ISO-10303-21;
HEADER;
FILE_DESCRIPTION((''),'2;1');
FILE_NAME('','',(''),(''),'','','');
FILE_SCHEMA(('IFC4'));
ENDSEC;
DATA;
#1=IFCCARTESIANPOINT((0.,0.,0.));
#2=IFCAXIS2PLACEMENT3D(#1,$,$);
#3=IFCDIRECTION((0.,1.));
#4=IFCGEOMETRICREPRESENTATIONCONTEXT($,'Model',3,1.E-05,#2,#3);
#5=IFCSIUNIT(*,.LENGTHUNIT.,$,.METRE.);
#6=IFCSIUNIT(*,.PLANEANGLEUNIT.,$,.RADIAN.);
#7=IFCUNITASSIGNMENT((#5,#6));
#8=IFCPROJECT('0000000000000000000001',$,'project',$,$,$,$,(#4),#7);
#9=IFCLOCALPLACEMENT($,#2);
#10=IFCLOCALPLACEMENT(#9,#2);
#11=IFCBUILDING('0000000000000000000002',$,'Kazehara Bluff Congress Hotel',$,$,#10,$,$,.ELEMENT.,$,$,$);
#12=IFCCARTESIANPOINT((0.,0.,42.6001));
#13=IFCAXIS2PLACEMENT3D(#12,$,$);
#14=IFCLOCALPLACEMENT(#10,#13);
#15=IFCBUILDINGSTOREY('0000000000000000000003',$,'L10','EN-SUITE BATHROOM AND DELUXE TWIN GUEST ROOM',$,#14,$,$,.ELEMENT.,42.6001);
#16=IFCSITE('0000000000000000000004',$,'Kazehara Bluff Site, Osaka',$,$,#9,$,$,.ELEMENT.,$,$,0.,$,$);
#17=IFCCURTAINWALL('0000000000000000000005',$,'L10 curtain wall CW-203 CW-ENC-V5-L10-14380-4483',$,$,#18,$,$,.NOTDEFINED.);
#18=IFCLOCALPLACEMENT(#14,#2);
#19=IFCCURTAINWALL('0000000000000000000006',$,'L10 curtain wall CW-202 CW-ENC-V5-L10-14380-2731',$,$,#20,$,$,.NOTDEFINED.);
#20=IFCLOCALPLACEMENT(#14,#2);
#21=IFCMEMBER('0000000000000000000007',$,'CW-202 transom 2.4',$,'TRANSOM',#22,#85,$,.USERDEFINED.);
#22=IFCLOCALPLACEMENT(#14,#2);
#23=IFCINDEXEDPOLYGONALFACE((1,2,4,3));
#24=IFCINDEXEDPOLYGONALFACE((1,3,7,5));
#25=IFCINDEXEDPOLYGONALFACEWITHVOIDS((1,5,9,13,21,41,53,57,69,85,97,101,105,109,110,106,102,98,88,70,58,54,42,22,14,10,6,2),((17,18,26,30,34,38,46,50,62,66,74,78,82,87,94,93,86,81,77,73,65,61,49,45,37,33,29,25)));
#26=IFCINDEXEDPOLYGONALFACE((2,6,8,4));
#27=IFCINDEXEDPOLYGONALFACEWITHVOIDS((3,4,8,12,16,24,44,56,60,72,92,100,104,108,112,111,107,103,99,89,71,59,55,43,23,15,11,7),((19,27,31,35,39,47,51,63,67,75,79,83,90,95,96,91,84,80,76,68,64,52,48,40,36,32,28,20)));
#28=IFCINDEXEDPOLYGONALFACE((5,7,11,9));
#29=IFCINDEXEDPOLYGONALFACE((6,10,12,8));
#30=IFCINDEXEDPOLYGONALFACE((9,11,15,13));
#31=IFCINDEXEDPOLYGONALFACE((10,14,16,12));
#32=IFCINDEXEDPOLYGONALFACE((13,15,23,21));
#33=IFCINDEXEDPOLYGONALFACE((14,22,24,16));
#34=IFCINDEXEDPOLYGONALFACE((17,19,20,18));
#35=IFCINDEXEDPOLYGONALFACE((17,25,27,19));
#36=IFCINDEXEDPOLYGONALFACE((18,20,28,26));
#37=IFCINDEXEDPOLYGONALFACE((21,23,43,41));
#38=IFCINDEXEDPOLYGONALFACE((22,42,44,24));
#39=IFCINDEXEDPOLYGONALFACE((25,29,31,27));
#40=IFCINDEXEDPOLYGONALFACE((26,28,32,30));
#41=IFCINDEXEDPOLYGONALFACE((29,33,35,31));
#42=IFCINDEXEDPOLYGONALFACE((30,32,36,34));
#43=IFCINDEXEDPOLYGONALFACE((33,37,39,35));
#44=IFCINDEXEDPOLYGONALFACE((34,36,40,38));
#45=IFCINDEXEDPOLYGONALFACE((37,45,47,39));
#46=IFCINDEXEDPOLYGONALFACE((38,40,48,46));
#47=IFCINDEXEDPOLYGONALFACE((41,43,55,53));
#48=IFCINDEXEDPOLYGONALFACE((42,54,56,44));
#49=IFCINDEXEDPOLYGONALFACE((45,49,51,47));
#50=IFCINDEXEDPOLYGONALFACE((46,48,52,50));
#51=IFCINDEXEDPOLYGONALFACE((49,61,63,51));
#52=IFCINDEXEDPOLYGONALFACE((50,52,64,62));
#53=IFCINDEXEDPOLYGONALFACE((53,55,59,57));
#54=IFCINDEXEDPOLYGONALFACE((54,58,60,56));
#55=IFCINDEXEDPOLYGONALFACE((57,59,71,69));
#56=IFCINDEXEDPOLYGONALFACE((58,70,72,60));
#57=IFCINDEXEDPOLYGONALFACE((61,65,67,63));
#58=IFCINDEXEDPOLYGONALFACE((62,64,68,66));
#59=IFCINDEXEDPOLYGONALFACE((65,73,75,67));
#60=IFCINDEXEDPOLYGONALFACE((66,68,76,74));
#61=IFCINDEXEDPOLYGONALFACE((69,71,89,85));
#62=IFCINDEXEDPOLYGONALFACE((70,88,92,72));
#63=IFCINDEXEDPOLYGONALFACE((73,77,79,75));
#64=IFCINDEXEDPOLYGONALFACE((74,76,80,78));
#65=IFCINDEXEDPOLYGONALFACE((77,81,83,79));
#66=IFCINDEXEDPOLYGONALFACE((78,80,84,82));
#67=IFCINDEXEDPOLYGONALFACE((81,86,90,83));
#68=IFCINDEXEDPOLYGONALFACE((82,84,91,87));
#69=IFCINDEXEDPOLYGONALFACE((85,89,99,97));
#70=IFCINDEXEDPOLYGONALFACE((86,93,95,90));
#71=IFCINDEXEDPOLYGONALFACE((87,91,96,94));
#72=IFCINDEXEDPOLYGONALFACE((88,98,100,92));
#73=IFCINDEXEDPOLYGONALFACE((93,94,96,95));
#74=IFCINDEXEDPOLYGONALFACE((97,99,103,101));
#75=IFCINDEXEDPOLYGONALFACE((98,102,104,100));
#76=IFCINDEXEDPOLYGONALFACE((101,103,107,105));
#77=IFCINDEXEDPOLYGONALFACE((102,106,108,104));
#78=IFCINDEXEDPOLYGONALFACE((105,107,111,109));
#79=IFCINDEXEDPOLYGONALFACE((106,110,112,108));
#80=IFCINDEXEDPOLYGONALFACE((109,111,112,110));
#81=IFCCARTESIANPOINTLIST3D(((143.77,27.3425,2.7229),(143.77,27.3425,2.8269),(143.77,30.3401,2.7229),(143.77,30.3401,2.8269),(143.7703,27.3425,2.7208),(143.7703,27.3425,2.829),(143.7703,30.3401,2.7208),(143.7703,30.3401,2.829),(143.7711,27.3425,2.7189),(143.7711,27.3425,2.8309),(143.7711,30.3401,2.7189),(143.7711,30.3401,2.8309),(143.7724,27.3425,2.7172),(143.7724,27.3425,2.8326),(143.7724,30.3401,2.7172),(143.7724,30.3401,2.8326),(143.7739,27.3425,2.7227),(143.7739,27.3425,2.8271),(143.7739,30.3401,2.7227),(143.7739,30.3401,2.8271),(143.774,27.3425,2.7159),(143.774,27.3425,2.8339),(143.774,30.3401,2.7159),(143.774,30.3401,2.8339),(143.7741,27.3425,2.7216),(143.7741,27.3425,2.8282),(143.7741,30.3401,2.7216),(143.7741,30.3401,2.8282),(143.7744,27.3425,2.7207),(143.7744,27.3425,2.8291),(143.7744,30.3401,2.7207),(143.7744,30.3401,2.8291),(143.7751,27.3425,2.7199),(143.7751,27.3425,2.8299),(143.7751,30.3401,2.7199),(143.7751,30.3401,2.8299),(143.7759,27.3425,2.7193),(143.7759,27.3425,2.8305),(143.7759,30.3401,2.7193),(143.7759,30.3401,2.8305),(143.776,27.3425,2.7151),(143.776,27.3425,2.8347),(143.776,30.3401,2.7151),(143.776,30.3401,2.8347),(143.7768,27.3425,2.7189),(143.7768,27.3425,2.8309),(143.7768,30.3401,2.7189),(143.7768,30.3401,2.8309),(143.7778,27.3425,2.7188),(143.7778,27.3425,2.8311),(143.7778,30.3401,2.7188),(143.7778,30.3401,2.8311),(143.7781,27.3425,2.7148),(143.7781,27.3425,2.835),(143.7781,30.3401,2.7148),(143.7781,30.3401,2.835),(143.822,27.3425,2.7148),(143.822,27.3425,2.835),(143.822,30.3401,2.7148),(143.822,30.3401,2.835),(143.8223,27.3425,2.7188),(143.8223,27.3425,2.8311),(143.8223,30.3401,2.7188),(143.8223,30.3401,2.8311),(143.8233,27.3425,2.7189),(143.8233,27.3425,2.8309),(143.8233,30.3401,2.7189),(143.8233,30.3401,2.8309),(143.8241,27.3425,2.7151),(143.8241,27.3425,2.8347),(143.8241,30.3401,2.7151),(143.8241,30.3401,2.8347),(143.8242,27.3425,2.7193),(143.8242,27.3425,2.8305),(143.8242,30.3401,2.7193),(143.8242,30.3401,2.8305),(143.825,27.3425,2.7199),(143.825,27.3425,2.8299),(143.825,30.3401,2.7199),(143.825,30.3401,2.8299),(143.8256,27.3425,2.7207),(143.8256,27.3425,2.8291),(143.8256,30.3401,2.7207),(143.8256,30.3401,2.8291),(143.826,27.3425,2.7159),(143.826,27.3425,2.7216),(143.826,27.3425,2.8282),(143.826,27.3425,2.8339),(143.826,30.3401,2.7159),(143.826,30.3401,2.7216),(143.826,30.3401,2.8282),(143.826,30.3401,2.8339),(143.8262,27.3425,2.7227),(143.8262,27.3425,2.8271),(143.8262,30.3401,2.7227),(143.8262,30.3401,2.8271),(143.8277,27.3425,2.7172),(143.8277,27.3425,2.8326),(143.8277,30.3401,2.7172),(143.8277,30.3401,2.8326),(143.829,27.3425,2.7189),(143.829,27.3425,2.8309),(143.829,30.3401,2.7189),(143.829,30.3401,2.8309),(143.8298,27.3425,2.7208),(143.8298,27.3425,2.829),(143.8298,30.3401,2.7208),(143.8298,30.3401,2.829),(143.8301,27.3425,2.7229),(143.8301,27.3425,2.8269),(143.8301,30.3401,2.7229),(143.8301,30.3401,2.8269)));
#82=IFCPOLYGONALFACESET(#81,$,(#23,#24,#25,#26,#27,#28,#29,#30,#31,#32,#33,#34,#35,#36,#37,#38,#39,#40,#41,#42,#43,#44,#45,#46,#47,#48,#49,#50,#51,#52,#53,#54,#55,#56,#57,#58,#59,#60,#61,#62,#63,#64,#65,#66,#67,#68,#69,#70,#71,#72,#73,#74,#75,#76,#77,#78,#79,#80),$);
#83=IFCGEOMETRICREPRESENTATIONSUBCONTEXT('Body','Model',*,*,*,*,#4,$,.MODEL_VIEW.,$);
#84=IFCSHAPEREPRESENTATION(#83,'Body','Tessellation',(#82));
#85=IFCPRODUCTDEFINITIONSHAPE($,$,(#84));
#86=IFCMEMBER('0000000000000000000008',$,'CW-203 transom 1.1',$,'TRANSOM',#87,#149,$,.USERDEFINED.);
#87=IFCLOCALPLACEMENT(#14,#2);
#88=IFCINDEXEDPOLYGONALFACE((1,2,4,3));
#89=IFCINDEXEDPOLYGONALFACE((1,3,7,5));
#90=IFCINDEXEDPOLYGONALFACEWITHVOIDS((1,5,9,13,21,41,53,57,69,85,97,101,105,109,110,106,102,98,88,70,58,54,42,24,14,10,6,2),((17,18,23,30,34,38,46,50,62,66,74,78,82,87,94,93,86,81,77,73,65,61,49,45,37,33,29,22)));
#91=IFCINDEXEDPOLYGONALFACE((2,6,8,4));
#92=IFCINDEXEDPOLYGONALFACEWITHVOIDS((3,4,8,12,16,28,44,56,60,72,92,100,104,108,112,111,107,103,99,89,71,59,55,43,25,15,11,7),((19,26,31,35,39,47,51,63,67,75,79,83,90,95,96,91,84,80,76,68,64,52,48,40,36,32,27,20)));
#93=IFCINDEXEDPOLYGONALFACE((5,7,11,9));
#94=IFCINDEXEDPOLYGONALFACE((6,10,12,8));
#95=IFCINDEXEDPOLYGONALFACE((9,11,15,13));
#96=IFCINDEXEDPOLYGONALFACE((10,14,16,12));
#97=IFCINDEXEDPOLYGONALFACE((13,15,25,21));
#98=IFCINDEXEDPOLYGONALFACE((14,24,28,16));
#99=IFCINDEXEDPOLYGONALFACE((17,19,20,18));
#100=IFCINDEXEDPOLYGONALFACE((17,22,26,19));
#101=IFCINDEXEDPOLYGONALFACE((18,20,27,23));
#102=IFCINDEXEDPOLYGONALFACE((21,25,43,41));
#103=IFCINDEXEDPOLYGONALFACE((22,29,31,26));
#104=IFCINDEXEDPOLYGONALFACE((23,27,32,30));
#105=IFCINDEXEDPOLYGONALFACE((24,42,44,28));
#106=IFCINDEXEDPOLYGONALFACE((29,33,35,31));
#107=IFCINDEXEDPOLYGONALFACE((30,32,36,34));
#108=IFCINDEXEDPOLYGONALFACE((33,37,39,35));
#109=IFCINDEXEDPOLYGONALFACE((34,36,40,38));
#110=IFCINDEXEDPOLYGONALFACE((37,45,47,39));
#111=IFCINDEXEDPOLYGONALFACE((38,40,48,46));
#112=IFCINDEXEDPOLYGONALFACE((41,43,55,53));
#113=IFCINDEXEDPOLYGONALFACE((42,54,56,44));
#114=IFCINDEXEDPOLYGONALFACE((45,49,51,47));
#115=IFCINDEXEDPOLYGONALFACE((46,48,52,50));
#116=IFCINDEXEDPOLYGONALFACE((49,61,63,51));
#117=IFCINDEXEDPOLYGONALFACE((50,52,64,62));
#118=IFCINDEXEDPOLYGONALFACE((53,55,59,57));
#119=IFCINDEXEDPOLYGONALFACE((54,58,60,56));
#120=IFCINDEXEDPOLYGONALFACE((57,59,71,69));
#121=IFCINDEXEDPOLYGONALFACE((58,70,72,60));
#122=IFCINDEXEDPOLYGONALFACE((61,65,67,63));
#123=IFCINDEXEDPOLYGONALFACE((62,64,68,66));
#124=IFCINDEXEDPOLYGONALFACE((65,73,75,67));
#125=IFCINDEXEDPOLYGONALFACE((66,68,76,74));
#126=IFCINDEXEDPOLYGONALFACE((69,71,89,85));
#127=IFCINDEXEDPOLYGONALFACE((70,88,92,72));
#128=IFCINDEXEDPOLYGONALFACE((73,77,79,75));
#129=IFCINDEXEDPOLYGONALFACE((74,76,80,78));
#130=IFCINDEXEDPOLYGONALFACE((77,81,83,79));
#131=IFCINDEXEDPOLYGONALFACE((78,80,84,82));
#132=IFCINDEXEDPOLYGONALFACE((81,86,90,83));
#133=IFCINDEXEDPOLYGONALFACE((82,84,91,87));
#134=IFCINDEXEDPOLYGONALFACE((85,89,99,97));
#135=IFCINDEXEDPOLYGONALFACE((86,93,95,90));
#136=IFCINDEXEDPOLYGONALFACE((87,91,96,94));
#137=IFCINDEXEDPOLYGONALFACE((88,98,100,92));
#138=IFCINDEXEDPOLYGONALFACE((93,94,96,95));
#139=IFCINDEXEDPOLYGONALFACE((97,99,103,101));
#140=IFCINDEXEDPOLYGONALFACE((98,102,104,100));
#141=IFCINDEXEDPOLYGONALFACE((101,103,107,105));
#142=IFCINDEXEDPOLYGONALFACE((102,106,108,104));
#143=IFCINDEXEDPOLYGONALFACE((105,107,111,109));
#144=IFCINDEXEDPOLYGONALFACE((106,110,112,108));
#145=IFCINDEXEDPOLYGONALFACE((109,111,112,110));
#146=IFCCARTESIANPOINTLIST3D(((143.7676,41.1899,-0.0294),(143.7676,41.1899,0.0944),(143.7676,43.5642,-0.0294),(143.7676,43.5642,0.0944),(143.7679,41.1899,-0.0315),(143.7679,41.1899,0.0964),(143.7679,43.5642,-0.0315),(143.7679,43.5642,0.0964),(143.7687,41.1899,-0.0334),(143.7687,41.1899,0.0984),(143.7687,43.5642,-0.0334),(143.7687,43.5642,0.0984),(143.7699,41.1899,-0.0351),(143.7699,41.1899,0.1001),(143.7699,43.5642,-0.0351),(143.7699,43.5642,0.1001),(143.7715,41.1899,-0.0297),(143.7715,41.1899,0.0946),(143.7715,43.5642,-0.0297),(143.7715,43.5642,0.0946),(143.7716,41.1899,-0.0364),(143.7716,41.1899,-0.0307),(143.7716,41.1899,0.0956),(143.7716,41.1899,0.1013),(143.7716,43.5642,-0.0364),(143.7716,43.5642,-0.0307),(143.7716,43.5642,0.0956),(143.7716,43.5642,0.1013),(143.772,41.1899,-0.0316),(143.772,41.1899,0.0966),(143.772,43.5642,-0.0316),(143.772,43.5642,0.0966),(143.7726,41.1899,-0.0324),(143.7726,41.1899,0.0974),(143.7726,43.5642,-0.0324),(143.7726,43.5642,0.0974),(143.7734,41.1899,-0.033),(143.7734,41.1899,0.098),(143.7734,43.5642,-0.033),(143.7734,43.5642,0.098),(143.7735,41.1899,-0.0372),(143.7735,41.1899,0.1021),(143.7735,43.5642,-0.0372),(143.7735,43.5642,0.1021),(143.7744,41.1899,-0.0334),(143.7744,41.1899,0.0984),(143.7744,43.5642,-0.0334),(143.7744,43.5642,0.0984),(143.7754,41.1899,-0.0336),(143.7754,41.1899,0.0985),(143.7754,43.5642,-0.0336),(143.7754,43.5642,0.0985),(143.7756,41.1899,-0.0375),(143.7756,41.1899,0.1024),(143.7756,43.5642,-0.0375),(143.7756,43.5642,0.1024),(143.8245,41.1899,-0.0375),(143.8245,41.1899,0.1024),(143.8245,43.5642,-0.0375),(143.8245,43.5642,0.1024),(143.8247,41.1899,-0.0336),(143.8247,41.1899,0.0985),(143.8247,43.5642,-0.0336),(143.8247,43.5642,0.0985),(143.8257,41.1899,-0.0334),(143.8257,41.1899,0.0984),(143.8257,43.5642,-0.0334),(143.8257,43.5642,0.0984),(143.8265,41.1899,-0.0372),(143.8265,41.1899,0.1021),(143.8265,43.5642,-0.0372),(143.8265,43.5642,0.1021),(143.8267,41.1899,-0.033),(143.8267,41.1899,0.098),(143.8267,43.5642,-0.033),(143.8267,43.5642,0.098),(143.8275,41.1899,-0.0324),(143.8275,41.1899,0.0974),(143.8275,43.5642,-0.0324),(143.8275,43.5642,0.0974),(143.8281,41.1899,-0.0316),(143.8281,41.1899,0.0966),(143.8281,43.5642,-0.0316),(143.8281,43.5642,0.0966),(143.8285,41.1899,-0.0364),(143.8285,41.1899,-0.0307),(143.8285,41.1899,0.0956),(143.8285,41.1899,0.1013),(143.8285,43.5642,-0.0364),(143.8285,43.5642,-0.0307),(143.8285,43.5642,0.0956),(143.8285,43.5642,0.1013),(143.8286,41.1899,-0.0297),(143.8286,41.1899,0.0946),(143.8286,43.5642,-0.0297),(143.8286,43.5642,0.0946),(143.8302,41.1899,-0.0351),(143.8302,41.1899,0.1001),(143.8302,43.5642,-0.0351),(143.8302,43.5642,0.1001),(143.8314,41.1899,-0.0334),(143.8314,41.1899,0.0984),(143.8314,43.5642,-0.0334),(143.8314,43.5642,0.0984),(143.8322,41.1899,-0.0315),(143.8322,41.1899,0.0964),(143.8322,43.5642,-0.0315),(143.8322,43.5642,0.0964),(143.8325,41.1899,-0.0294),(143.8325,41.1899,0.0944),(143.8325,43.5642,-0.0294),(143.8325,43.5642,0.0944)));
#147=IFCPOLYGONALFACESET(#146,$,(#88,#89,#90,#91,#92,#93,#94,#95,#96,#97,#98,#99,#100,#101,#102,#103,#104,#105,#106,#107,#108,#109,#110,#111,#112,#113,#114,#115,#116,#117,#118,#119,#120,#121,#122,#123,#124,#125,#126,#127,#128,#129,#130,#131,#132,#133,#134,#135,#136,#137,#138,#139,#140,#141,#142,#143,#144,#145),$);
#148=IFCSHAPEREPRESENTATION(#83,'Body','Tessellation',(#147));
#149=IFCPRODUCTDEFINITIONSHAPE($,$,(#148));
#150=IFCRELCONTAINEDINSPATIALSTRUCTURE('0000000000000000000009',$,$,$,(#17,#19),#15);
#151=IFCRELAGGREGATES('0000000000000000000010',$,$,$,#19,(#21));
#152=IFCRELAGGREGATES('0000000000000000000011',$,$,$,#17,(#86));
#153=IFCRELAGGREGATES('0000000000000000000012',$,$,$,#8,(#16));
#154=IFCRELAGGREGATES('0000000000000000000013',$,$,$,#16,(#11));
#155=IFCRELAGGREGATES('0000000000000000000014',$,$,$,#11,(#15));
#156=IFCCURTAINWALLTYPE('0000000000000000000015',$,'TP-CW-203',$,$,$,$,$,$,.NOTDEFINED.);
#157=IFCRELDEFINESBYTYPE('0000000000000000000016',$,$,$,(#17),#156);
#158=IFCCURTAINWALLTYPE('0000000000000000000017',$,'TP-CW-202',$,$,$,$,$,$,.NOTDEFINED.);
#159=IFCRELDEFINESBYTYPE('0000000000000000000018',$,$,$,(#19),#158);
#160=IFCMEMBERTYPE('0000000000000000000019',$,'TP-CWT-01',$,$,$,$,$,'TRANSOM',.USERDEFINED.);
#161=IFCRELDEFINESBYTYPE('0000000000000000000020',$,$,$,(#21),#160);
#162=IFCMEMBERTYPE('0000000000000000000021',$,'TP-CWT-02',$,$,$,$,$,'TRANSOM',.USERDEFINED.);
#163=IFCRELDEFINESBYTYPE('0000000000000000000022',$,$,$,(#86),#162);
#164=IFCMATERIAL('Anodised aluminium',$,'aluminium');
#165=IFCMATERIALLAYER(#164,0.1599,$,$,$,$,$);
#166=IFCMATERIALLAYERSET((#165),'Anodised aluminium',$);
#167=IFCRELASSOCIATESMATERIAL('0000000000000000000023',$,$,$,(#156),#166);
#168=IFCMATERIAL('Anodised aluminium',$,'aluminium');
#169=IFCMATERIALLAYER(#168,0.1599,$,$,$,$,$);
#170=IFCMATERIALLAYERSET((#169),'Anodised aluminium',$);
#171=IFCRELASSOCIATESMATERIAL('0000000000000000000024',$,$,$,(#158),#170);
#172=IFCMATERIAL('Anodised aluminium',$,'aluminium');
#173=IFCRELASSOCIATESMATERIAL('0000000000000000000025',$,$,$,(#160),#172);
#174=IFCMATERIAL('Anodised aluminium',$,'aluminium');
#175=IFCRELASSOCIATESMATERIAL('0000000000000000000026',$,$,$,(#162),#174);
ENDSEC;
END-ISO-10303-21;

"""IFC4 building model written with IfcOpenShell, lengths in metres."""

from ifc_helpers import new_model, si_unit, direction, frame, origin, origin_2d, place, context, subcontext, project, spatial, hollow_rectangle, extrude, material, layer, layer_set, material_profile, profile_set, type_object, element, aggregate, save


model = new_model("IFC4")

# Units and contexts
model_context = context("Model", 3, precision=1e-05, world=origin(), true_north=direction((0.0, 1.0)))
body_context = subcontext(model_context, "Body", "Model", "MODEL_VIEW")
ifc_project = project(units=[si_unit("LENGTHUNIT", "METRE"), si_unit("PLANEANGLEUNIT", "RADIAN")], contexts=[model_context])

# Site, building, storey
site_placement = place(None, origin())
site = spatial("IfcSite", under=ifc_project, at=site_placement, Name="Kazehara Bluff Site, Osaka", CompositionType="ELEMENT", RefElevation=0.0)
building_placement = place(site_placement, origin())
building = spatial("IfcBuilding", under=site, at=building_placement, Name="Kazehara Bluff Congress Hotel", CompositionType="ELEMENT")
storey_placement = place(building_placement, frame((0.0, 0.0, 42.6001)))
storey = spatial("IfcBuildingStorey", under=building, at=storey_placement, Name="L10", Description="EN-SUITE BATHROOM AND DELUXE TWIN GUEST ROOM", CompositionType="ELEMENT", Elevation=42.6001)

# Curtain walls, member
ifc_material_1 = material(Name="Anodised aluminium", Category="aluminium")
ifc_layer_1 = layer(ifc_material_1, 0.1599)
ifc_layer_set_1 = layer_set([ifc_layer_1], Name="Anodised aluminium")
curtain_wall_type_1 = type_object("IfcCurtainWallType", Name="TP-CW-203", PredefinedType="NOTDEFINED", material=ifc_layer_set_1)
curtain_wall_1_placement = place(storey_placement, origin())
curtain_wall_1 = element("IfcCurtainWall", 1, at=curtain_wall_1_placement, inside=storey, type_object=curtain_wall_type_1, Name="L10 curtain wall CW-203 CW-ENC-V5-L10-14380-4483", PredefinedType="NOTDEFINED")
ifc_material_2 = material(Name="Anodised aluminium", Category="aluminium")
ifc_layer_2 = layer(ifc_material_2, 0.1599)
ifc_layer_set_2 = layer_set([ifc_layer_2], Name="Anodised aluminium")
curtain_wall_type_2 = type_object("IfcCurtainWallType", Name="TP-CW-202", PredefinedType="NOTDEFINED", material=ifc_layer_set_2)
curtain_wall_2_placement = place(storey_placement, origin())
curtain_wall_2 = element("IfcCurtainWall", 2, at=curtain_wall_2_placement, inside=storey, type_object=curtain_wall_type_2, Name="L10 curtain wall CW-202 CW-ENC-V5-L10-14380-2731", PredefinedType="NOTDEFINED")
ifc_material_3 = material(Name="Anodised aluminium", Category="aluminium")
ifc_material_profile_1 = material_profile(ifc_material_3, hollow_rectangle(XDim=0.0601, YDim=0.1201, WallThickness=0.0039, InnerFilletRadius=0.0039, OuterFilletRadius=0.0081, at=origin_2d()))
ifc_profile_set_1 = profile_set([ifc_material_profile_1], Name="Anodised aluminium")
member_type_1 = type_object("IfcMemberType", Name="TP-CWT-01", ElementType="TRANSOM", PredefinedType="USERDEFINED", material=ifc_profile_set_1)
member_1_placement = place(storey_placement, frame((143.8, 27.3425, 2.7749), z_axis=(0.0, 1.0, 0.0), x_axis=(-1.0, 0.0, 0.0)))
member_1 = element("IfcMember", 3, at=member_1_placement, type_object=member_type_1, Name="CW-202 transom 2.4", ObjectType="TRANSOM", PredefinedType="USERDEFINED", context=body_context, shape_type="SweptSolid", body=[
    extrude(hollow_rectangle(XDim=0.0601, YDim=0.1201, WallThickness=0.0039, InnerFilletRadius=0.0039, OuterFilletRadius=0.0081, at=origin_2d()), origin(), (0.0, 0.0, 1.0), 2.9976),
])

# Member
ifc_material_4 = material(Name="Anodised aluminium", Category="aluminium")
ifc_material_profile_2 = material_profile(ifc_material_4, hollow_rectangle(XDim=0.0649, YDim=0.1399, WallThickness=0.0039, InnerFilletRadius=0.0039, OuterFilletRadius=0.0081, at=origin_2d()))
ifc_profile_set_2 = profile_set([ifc_material_profile_2], Name="Anodised aluminium")
member_type_2 = type_object("IfcMemberType", Name="TP-CWT-02", ElementType="TRANSOM", PredefinedType="USERDEFINED", material=ifc_profile_set_2)
member_2_placement = place(storey_placement, frame((143.8, 41.1899, 0.0325), z_axis=(0.0, 1.0, 0.0), x_axis=(-1.0, 0.0, 0.0)))
member_2 = element("IfcMember", 4, at=member_2_placement, type_object=member_type_2, Name="CW-203 transom 1.1", ObjectType="TRANSOM", PredefinedType="USERDEFINED", context=body_context, shape_type="SweptSolid", body=[
    extrude(hollow_rectangle(XDim=0.0649, YDim=0.1399, WallThickness=0.0039, InnerFilletRadius=0.0039, OuterFilletRadius=0.0081, at=origin_2d()), origin(), (0.0, 0.0, 1.0), 2.3743),
])

aggregate(curtain_wall_2, [member_1])
aggregate(curtain_wall_1, [member_2])

save(model, "model.ifc")
